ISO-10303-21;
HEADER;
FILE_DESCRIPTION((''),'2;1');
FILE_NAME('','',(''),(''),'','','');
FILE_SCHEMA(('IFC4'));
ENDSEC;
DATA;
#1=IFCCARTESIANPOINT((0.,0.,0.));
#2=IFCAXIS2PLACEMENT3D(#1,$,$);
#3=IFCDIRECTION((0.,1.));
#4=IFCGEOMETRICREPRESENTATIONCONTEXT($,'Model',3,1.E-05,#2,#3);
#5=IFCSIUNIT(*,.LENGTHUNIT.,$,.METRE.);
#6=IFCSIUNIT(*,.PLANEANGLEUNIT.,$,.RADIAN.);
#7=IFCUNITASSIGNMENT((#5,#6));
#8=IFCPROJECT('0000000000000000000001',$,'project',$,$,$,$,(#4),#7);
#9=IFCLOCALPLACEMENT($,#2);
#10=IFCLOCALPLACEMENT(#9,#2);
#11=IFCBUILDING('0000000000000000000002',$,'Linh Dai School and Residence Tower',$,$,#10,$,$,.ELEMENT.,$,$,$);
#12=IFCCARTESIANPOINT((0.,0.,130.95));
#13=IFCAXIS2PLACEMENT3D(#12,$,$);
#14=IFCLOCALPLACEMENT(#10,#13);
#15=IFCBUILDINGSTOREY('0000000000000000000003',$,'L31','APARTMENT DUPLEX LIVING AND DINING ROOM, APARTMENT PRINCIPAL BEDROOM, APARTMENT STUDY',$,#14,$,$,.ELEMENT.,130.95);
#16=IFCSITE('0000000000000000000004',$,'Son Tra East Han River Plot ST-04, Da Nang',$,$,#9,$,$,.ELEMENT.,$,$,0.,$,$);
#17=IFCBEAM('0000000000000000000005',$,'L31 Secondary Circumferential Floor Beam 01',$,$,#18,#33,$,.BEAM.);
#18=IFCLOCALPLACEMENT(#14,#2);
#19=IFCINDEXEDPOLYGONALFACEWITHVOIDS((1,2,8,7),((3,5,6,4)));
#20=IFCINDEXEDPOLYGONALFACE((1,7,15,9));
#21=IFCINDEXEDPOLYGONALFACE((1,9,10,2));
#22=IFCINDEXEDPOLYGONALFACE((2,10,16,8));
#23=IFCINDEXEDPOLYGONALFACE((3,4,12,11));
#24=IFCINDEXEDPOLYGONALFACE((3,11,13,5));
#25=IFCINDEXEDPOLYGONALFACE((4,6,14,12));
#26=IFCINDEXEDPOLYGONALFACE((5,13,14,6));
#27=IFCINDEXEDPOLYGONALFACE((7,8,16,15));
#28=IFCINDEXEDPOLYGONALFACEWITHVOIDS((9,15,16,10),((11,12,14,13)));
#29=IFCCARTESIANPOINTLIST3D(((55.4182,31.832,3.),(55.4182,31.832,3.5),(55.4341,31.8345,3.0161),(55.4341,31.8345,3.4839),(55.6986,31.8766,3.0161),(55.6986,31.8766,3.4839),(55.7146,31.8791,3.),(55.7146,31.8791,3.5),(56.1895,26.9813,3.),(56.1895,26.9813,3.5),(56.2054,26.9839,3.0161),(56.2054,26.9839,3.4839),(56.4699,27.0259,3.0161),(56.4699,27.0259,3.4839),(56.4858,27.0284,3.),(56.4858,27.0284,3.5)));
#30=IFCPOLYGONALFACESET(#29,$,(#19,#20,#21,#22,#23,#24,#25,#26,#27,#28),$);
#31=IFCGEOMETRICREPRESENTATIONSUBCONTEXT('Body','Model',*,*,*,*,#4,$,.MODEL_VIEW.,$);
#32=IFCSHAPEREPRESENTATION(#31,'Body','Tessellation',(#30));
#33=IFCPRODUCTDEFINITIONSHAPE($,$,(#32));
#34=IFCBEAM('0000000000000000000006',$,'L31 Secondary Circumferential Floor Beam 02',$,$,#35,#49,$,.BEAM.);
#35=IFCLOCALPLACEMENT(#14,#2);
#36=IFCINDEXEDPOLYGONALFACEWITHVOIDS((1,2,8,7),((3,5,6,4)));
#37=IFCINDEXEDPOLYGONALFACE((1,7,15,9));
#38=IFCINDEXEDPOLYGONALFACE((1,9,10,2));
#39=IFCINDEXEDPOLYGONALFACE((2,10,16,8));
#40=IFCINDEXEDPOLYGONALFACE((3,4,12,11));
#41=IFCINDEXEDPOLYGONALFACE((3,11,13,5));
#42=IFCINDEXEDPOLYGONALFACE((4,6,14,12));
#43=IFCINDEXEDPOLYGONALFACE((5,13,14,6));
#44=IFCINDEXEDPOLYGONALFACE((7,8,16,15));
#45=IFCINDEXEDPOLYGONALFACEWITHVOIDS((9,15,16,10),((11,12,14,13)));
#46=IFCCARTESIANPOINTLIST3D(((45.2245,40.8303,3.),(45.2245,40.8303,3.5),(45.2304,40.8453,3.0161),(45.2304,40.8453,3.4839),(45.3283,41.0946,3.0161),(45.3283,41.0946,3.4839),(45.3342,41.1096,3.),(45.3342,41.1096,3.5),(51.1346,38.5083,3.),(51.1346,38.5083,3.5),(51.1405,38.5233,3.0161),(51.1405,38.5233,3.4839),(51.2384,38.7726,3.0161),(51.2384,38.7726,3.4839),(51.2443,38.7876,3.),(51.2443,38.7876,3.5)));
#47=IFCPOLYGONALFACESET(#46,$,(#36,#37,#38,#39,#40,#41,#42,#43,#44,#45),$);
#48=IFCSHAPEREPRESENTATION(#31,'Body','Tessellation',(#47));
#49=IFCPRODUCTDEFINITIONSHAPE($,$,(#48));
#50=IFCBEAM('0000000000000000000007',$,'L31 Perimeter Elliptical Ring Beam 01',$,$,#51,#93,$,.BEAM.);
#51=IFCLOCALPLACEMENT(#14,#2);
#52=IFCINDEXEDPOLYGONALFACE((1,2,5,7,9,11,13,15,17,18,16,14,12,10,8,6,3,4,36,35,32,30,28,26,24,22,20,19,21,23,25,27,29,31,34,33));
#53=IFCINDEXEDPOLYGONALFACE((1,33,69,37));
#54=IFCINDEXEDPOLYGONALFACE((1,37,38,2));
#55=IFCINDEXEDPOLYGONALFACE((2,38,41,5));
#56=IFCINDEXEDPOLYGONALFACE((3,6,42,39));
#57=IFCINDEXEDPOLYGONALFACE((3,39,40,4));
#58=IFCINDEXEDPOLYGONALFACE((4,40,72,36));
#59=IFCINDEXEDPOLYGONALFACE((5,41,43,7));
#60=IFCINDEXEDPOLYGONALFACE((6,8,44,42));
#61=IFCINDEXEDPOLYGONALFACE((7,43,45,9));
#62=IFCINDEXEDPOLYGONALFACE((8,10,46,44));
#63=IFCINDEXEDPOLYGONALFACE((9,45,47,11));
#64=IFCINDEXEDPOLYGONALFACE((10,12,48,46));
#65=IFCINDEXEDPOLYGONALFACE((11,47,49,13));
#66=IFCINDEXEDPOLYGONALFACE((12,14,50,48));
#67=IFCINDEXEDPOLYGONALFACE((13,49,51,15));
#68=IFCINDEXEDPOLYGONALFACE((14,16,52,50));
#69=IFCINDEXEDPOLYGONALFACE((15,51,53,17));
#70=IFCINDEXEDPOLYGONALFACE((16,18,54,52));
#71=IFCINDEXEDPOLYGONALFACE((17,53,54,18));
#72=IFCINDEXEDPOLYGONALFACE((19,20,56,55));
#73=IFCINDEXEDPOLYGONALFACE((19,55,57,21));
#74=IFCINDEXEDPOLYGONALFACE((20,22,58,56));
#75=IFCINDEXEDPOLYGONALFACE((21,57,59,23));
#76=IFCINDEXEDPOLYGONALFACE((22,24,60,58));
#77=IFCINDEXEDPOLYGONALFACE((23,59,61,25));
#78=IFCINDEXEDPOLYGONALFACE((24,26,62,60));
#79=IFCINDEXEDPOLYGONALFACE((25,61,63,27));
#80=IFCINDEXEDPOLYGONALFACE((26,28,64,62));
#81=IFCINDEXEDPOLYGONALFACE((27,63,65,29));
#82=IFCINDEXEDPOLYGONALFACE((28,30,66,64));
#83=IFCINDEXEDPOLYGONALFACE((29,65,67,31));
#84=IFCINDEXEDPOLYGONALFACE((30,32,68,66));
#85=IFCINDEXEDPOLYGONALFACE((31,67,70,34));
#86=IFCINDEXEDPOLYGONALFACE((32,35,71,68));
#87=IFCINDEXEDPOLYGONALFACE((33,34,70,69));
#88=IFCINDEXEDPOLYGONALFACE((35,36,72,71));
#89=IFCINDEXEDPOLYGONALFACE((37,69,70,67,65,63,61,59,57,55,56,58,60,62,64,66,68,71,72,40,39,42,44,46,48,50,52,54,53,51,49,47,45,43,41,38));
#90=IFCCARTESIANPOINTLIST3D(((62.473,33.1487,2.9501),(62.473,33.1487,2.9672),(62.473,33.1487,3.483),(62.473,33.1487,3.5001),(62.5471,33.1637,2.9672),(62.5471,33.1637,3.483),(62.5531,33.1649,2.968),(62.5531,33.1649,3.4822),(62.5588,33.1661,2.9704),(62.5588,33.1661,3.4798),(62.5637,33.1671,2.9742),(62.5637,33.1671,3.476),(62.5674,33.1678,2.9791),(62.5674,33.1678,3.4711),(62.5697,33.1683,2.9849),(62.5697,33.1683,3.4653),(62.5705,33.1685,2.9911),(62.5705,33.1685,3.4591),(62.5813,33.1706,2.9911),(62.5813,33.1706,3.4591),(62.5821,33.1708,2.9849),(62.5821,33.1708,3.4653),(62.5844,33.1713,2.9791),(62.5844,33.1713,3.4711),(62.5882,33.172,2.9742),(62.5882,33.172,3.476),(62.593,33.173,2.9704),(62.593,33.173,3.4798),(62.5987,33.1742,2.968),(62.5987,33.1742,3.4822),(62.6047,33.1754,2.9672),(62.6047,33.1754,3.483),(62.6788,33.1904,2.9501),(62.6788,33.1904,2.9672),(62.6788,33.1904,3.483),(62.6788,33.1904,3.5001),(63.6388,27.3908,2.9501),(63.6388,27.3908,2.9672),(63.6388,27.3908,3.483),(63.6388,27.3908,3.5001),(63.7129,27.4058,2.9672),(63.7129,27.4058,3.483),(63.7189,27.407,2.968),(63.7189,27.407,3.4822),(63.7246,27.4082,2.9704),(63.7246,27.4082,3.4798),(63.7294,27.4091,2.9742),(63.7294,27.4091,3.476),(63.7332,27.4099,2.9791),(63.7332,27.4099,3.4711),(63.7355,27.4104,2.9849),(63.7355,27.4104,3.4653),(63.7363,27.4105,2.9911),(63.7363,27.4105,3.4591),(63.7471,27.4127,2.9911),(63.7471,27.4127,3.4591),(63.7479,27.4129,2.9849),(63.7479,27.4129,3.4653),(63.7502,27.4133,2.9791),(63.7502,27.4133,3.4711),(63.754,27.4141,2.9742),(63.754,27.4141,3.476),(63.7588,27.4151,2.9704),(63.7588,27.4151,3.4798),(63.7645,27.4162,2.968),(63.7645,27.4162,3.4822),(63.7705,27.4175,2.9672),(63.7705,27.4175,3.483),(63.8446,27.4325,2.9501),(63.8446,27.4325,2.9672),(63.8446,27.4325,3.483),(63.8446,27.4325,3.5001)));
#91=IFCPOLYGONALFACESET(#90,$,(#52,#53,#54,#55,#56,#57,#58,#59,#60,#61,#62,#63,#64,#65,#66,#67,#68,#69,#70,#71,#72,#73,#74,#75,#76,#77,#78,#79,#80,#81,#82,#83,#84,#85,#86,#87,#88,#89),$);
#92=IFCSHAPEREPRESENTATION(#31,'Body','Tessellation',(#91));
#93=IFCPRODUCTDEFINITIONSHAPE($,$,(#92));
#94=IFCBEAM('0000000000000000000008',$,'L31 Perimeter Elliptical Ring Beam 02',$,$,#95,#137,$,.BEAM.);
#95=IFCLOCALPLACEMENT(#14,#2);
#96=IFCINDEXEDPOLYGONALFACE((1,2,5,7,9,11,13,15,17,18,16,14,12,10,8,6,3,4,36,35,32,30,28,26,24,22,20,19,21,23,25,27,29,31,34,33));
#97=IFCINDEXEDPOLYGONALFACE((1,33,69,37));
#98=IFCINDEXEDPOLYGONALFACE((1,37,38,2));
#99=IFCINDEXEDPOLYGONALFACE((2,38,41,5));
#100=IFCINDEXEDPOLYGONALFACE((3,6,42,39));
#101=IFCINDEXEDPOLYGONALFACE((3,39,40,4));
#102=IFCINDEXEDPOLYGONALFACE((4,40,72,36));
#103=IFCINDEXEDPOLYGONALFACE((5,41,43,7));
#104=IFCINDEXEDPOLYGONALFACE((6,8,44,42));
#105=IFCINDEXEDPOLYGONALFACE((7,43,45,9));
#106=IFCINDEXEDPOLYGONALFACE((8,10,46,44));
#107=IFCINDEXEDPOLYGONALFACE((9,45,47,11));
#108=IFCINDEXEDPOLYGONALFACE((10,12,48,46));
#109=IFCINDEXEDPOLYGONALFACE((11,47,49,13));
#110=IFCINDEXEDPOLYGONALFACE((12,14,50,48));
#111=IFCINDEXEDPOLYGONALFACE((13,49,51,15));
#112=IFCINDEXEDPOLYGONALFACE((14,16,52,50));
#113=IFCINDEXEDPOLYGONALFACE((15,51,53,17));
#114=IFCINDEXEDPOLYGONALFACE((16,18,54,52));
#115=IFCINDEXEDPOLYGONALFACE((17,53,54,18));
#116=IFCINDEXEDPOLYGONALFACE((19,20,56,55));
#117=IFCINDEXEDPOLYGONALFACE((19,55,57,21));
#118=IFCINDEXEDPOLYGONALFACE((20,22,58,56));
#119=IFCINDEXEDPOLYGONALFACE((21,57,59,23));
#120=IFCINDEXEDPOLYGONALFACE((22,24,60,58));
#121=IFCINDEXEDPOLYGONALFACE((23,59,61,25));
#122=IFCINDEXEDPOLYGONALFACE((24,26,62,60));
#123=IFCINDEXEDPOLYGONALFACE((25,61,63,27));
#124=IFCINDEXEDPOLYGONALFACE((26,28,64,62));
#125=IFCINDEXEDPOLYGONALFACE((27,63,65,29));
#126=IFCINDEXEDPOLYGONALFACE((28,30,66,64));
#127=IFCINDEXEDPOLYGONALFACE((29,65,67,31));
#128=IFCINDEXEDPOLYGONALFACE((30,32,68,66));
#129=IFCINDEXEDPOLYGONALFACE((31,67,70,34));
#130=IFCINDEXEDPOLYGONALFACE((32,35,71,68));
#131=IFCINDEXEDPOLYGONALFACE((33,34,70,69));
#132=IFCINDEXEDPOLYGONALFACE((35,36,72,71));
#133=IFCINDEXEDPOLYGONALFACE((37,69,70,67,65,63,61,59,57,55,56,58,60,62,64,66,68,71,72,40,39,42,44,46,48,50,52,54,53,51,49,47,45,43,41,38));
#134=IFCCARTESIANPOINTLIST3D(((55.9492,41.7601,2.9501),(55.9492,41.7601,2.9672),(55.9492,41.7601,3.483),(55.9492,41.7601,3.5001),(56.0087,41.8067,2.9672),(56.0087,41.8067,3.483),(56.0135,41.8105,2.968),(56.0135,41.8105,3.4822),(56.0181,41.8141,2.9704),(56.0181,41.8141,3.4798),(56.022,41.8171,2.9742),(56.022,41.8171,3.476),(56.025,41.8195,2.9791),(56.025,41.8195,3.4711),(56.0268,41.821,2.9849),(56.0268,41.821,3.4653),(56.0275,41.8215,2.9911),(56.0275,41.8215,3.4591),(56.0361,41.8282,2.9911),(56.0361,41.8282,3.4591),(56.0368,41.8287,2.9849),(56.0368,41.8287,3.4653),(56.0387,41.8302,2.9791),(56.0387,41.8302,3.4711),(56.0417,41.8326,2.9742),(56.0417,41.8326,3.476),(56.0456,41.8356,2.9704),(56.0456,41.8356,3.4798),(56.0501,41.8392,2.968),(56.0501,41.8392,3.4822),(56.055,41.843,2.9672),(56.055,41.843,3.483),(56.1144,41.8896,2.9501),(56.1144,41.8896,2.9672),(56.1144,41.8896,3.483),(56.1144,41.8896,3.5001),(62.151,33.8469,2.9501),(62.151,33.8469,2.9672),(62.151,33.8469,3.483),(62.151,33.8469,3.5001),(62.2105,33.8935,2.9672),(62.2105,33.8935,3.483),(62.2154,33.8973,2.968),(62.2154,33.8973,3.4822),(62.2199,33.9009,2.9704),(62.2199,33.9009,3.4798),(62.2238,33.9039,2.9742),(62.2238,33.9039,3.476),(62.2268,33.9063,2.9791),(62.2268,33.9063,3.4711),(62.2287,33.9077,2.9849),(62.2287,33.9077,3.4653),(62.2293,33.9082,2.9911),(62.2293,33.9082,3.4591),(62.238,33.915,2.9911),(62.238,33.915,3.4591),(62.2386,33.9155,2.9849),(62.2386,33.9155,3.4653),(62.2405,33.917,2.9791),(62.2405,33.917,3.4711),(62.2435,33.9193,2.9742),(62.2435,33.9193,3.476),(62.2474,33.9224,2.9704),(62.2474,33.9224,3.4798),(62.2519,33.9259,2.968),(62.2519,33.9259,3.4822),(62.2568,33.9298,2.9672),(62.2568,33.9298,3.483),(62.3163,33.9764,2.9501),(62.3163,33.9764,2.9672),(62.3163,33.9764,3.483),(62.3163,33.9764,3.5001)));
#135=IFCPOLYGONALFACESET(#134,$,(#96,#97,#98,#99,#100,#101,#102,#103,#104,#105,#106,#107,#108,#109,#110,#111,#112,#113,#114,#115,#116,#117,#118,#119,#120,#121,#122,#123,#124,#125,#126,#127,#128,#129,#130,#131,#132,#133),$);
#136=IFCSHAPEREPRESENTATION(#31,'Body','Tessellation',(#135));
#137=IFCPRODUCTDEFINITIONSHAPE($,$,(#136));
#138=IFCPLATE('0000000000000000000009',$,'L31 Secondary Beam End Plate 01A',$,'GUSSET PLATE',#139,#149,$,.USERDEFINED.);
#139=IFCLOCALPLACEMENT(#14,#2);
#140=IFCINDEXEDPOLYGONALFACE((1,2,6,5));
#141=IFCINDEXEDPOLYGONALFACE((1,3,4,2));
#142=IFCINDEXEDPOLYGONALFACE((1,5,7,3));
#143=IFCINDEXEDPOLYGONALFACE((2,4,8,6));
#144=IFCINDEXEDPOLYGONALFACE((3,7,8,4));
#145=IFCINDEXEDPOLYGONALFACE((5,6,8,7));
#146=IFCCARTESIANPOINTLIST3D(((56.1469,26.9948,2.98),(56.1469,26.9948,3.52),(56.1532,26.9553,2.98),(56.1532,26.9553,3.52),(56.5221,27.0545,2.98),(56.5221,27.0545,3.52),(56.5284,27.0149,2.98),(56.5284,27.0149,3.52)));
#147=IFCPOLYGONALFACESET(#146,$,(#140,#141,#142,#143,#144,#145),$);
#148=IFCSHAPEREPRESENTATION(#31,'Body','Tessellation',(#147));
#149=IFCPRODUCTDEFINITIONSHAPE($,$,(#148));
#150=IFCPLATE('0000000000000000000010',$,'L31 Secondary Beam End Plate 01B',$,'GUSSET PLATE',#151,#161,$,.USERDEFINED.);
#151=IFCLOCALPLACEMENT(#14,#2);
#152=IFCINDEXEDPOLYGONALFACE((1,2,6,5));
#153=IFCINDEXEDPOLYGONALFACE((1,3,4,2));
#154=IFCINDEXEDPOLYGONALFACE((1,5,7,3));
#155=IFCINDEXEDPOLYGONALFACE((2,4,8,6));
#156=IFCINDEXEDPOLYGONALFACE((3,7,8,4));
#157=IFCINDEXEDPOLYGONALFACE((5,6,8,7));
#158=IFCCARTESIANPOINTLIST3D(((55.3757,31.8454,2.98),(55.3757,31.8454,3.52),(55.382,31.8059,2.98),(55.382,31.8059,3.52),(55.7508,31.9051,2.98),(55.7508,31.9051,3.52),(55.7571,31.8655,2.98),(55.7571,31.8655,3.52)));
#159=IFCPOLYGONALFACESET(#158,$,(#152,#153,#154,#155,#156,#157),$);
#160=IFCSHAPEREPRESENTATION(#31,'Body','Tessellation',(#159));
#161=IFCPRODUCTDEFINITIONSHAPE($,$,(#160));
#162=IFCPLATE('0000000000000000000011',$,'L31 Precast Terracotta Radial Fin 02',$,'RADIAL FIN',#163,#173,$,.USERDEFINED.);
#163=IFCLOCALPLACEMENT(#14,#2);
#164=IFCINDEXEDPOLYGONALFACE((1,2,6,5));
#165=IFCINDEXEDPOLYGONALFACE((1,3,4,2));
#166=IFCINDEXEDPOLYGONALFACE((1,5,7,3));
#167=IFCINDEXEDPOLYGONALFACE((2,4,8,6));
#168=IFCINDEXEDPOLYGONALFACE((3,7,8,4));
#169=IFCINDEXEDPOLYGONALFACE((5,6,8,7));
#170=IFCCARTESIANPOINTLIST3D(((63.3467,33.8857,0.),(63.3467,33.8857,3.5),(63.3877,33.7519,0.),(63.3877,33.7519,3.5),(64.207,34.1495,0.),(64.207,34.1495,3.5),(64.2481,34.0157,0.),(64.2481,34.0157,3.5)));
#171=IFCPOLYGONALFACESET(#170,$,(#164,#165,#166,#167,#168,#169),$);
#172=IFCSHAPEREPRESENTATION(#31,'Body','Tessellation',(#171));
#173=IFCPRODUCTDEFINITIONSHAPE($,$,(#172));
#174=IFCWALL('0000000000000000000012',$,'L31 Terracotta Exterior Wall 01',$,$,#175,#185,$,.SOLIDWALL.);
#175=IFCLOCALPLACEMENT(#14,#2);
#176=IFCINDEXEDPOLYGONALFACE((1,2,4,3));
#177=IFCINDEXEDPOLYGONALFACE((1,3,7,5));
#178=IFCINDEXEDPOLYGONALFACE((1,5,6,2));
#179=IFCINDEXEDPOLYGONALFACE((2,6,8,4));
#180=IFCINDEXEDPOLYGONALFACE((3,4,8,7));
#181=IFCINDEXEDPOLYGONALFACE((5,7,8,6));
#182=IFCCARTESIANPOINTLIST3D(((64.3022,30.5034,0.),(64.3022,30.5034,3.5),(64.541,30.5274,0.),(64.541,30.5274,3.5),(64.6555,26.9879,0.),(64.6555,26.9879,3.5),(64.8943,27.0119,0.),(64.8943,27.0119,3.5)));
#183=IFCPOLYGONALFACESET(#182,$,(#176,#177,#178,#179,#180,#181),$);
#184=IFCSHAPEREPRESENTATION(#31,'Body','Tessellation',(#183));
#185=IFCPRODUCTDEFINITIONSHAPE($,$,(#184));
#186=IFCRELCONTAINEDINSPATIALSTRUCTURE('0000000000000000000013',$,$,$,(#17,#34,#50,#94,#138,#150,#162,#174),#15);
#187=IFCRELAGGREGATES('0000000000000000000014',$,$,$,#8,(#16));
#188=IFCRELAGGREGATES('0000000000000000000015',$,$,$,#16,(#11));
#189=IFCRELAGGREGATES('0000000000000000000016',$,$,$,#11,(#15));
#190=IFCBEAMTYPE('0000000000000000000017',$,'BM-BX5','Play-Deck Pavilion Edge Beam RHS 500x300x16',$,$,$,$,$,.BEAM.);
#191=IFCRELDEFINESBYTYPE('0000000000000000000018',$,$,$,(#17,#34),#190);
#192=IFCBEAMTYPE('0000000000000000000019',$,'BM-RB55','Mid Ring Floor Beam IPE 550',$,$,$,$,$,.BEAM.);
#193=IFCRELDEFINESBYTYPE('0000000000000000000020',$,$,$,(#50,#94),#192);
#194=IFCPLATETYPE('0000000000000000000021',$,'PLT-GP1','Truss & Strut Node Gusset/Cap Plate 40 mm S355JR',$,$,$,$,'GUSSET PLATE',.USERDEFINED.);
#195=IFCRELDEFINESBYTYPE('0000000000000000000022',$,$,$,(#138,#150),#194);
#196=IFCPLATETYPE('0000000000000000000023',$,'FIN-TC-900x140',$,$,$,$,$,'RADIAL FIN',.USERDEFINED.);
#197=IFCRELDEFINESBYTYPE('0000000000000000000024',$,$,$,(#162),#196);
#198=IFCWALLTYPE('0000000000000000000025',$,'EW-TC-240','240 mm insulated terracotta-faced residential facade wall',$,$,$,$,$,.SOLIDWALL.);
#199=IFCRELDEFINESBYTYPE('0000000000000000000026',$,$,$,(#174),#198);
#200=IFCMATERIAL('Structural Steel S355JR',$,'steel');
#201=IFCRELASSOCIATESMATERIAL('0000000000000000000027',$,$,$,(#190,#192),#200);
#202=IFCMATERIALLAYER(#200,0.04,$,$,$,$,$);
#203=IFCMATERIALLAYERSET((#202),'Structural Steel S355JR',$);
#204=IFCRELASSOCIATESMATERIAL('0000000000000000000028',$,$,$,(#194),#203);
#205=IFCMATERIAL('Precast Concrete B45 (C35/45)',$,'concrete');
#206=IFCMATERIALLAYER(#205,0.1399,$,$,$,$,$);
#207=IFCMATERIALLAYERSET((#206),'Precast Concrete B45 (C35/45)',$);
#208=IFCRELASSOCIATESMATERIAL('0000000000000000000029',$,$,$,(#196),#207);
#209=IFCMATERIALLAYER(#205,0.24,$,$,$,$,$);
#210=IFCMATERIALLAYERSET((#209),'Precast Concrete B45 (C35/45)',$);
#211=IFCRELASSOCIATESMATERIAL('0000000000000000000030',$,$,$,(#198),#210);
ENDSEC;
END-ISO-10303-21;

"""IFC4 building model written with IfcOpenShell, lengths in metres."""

from ifc_helpers import new_model, si_unit, direction, frame, frame_2d, origin, origin_2d, place, context, subcontext, project, spatial, rectangle, hollow_rectangle, i_section, extrude, source, transform, mapped, material, layer, layer_set, material_profile, profile_set, type_object, element, save


model = new_model("IFC4")

# Units and contexts
model_context = context("Model", 3, precision=1e-05, world=origin(), true_north=direction((0.0, 1.0)))
body_context = subcontext(model_context, "Body", "Model", "MODEL_VIEW")
ifc_project = project(units=[si_unit("LENGTHUNIT", "METRE"), si_unit("PLANEANGLEUNIT", "RADIAN")], contexts=[model_context])

# Site, building, storey
site_placement = place(None, origin())
site = spatial("IfcSite", under=ifc_project, at=site_placement, Name="Son Tra East Han River Plot ST-04, Da Nang", CompositionType="ELEMENT", RefElevation=0.0)
building_placement = place(site_placement, origin())
building = spatial("IfcBuilding", under=site, at=building_placement, Name="Linh Dai School and Residence Tower", CompositionType="ELEMENT")
storey_placement = place(building_placement, frame((0.0, 0.0, 130.95)))
storey = spatial("IfcBuildingStorey", under=building, at=storey_placement, Name="L31", Description="APARTMENT DUPLEX LIVING AND DINING ROOM, APARTMENT PRINCIPAL BEDROOM, APARTMENT STUDY", CompositionType="ELEMENT", Elevation=130.95)

# Shared definitions
ifc_material_1 = material(Name="Structural Steel S355JR", Category="steel")

# Beams
ifc_material_profile_1 = material_profile(ifc_material_1, hollow_rectangle(XDim=0.3, YDim=0.5, WallThickness=0.0161, at=origin_2d()), Name="RHS 500x300x16")
ifc_profile_set_1 = profile_set([ifc_material_profile_1], Name="Structural Steel S355JR")
beam_type_1 = type_object("IfcBeamType", Name="BM-BX5", Description="Play-Deck Pavilion Edge Beam RHS 500x300x16", PredefinedType="BEAM", material=ifc_profile_set_1)
beam_1_placement = place(storey_placement, frame((56.3376, 27.0049, 3.25), z_axis=(-0.157027, 0.987594, 0.0), x_axis=(-0.987594, -0.157027, 0.0)))
element("IfcBeam", 1, at=beam_1_placement, inside=storey, type_object=beam_type_1, Name="L31 Secondary Circumferential Floor Beam 01", PredefinedType="BEAM", context=body_context, shape_type="SweptSolid", body=[
    extrude(hollow_rectangle(XDim=0.3, YDim=0.5, WallThickness=0.0161, at=origin_2d()), origin(), (0.0, 0.0, 1.0), 4.9116),
])
beam_2_placement = place(storey_placement, frame((51.1895, 38.6479, 3.25), z_axis=(-0.930742, 0.365676, 0.0), x_axis=(-0.365676, -0.930742, 0.0)))
element("IfcBeam", 2, at=beam_2_placement, inside=storey, type_object=beam_type_1, Name="L31 Secondary Circumferential Floor Beam 02", PredefinedType="BEAM", context=body_context, shape_type="SweptSolid", body=[
    extrude(hollow_rectangle(XDim=0.3, YDim=0.5, WallThickness=0.0161, at=origin_2d()), origin(), (0.0, 0.0, 1.0), 6.3499),
])
ifc_material_profile_2 = material_profile(ifc_material_1, i_section(OverallWidth=0.21, OverallDepth=0.55, WebThickness=0.011, FlangeThickness=0.0171, FilletRadius=0.0239, at=origin_2d()), Name="IPE 550")
ifc_profile_set_2 = profile_set([ifc_material_profile_2], Name="Structural Steel S355JR")
beam_type_2 = type_object("IfcBeamType", Name="BM-RB55", Description="Mid Ring Floor Beam IPE 550", PredefinedType="BEAM", material=ifc_profile_set_2)
beam_3_placement = place(storey_placement, frame((63.7417, 27.4116, 3.2251), z_axis=(-0.198441, 0.980113, 0.0), x_axis=(-0.980113, -0.198441, 0.0)))
element("IfcBeam", 3, at=beam_3_placement, inside=storey, type_object=beam_type_2, Name="L31 Perimeter Elliptical Ring Beam 01", PredefinedType="BEAM", context=body_context, shape_type="SweptSolid", body=[
    extrude(i_section(OverallWidth=0.21, OverallDepth=0.55, WebThickness=0.011, FlangeThickness=0.0171, FilletRadius=0.0239, at=origin_2d()), origin(), (0.0, 0.0, 1.0), 5.8748),
])
beam_4_placement = place(storey_placement, frame((62.2336, 33.9116, 3.2251), z_axis=(-0.616855, 0.787077, 0.0), x_axis=(-0.787077, -0.616855, 0.0)))
element("IfcBeam", 4, at=beam_4_placement, inside=storey, type_object=beam_type_2, Name="L31 Perimeter Elliptical Ring Beam 02", PredefinedType="BEAM", context=body_context, shape_type="SweptSolid", body=[
    extrude(i_section(OverallWidth=0.21, OverallDepth=0.55, WebThickness=0.011, FlangeThickness=0.0171, FilletRadius=0.0239, at=origin_2d()), origin(), (0.0, 0.0, 1.0), 10.054),
])

# Plates
ifc_layer_1 = layer(ifc_material_1, 0.04)
ifc_layer_set_1 = layer_set([ifc_layer_1], Name="Structural Steel S355JR")
plate_type_1 = type_object("IfcPlateType", Name="PLT-GP1", Description="Truss & Strut Node Gusset/Cap Plate 40 mm S355JR", ElementType="GUSSET PLATE", PredefinedType="USERDEFINED", material=ifc_layer_set_1)
shared_shape_1 = source(origin(), body_context, "Body", "SweptSolid", [
    extrude(rectangle(XDim=0.04, YDim=0.3799, at=origin_2d()), origin(), (0.0, 0.0, 1.0), 0.54),
])
for number, where, z_axis, x_axis, name in (
    (5, (56.3376, 27.0049, 2.98), (0.0, 0.0, 1.0), (-0.157025, 0.987595, 0.0), "L31 Secondary Beam End Plate 01A"),
    (6, (55.5664, 31.8555, 2.98), (0.0, 0.0, 1.0), (-0.157025, 0.987595, 0.0), "L31 Secondary Beam End Plate 01B"),
):
    element("IfcPlate", number, at=place(storey_placement, frame(where, z_axis=z_axis, x_axis=x_axis)), inside=storey, type_object=plate_type_1, Name=name, ObjectType="GUSSET PLATE", PredefinedType="USERDEFINED", context=body_context, shape_type="MappedRepresentation", body=[
        mapped(shared_shape_1, transform((0.0, 0.0, 0.0), x_axis=(1.0, 0.0, 0.0), y_axis=(0.0, 1.0, 0.0), z_axis=(0.0, 0.0, 1.0), scale=1.0)),
    ])
ifc_material_2 = material(Name="Precast Concrete B45 (C35/45)", Category="concrete")
ifc_layer_2 = layer(ifc_material_2, 0.1399)
ifc_layer_set_2 = layer_set([ifc_layer_2], Name="Precast Concrete B45 (C35/45)")
plate_type_2 = type_object("IfcPlateType", Name="FIN-TC-900x140", ElementType="RADIAL FIN", PredefinedType="USERDEFINED", material=ifc_layer_set_2)
shared_shape_2 = source(origin(), body_context, "Body", "SweptSolid", [
    extrude(rectangle(XDim=0.8999, YDim=0.1399, at=origin_2d()), origin(), (0.0, 0.0, 1.0), 3.5),
])
plate_placement = place(storey_placement, frame((63.7974, 33.9507, 0.0), z_axis=(0.0, 0.0, 1.0), x_axis=(0.956072, 0.293134, 0.0)))
element("IfcPlate", 7, at=plate_placement, inside=storey, type_object=plate_type_2, Name="L31 Precast Terracotta Radial Fin 02", ObjectType="RADIAL FIN", PredefinedType="USERDEFINED", context=body_context, shape_type="MappedRepresentation", body=[
    mapped(shared_shape_2, transform((0.0, 0.0, 0.0), x_axis=(1.0, 0.0, 0.0), y_axis=(0.0, 1.0, 0.0), z_axis=(0.0, 0.0, 1.0), scale=1.0)),
])

# Wall
ifc_layer_3 = layer(ifc_material_2, 0.24)
ifc_layer_set_3 = layer_set([ifc_layer_3], Name="Precast Concrete B45 (C35/45)")
wall_type_1 = type_object("IfcWallType", Name="EW-TC-240", Description="240 mm insulated terracotta-faced residential facade wall", PredefinedType="SOLIDWALL", material=ifc_layer_set_3)
wall_1_placement = place(storey_placement, frame((64.4216, 30.5154, 0.0), z_axis=(0.0, 0.0, 1.0), x_axis=(0.099989, -0.994988, 0.0)))
element("IfcWall", 8, at=wall_1_placement, inside=storey, type_object=wall_type_1, Name="L31 Terracotta Exterior Wall 01", PredefinedType="SOLIDWALL", context=body_context, shape_type="SweptSolid", body=[
    extrude(rectangle(XDim=3.5332, YDim=0.24, at=frame_2d((1.7666, 0.0))), origin(), (0.0, 0.0, 1.0), 3.5),
])

save(model, "model.ifc")
